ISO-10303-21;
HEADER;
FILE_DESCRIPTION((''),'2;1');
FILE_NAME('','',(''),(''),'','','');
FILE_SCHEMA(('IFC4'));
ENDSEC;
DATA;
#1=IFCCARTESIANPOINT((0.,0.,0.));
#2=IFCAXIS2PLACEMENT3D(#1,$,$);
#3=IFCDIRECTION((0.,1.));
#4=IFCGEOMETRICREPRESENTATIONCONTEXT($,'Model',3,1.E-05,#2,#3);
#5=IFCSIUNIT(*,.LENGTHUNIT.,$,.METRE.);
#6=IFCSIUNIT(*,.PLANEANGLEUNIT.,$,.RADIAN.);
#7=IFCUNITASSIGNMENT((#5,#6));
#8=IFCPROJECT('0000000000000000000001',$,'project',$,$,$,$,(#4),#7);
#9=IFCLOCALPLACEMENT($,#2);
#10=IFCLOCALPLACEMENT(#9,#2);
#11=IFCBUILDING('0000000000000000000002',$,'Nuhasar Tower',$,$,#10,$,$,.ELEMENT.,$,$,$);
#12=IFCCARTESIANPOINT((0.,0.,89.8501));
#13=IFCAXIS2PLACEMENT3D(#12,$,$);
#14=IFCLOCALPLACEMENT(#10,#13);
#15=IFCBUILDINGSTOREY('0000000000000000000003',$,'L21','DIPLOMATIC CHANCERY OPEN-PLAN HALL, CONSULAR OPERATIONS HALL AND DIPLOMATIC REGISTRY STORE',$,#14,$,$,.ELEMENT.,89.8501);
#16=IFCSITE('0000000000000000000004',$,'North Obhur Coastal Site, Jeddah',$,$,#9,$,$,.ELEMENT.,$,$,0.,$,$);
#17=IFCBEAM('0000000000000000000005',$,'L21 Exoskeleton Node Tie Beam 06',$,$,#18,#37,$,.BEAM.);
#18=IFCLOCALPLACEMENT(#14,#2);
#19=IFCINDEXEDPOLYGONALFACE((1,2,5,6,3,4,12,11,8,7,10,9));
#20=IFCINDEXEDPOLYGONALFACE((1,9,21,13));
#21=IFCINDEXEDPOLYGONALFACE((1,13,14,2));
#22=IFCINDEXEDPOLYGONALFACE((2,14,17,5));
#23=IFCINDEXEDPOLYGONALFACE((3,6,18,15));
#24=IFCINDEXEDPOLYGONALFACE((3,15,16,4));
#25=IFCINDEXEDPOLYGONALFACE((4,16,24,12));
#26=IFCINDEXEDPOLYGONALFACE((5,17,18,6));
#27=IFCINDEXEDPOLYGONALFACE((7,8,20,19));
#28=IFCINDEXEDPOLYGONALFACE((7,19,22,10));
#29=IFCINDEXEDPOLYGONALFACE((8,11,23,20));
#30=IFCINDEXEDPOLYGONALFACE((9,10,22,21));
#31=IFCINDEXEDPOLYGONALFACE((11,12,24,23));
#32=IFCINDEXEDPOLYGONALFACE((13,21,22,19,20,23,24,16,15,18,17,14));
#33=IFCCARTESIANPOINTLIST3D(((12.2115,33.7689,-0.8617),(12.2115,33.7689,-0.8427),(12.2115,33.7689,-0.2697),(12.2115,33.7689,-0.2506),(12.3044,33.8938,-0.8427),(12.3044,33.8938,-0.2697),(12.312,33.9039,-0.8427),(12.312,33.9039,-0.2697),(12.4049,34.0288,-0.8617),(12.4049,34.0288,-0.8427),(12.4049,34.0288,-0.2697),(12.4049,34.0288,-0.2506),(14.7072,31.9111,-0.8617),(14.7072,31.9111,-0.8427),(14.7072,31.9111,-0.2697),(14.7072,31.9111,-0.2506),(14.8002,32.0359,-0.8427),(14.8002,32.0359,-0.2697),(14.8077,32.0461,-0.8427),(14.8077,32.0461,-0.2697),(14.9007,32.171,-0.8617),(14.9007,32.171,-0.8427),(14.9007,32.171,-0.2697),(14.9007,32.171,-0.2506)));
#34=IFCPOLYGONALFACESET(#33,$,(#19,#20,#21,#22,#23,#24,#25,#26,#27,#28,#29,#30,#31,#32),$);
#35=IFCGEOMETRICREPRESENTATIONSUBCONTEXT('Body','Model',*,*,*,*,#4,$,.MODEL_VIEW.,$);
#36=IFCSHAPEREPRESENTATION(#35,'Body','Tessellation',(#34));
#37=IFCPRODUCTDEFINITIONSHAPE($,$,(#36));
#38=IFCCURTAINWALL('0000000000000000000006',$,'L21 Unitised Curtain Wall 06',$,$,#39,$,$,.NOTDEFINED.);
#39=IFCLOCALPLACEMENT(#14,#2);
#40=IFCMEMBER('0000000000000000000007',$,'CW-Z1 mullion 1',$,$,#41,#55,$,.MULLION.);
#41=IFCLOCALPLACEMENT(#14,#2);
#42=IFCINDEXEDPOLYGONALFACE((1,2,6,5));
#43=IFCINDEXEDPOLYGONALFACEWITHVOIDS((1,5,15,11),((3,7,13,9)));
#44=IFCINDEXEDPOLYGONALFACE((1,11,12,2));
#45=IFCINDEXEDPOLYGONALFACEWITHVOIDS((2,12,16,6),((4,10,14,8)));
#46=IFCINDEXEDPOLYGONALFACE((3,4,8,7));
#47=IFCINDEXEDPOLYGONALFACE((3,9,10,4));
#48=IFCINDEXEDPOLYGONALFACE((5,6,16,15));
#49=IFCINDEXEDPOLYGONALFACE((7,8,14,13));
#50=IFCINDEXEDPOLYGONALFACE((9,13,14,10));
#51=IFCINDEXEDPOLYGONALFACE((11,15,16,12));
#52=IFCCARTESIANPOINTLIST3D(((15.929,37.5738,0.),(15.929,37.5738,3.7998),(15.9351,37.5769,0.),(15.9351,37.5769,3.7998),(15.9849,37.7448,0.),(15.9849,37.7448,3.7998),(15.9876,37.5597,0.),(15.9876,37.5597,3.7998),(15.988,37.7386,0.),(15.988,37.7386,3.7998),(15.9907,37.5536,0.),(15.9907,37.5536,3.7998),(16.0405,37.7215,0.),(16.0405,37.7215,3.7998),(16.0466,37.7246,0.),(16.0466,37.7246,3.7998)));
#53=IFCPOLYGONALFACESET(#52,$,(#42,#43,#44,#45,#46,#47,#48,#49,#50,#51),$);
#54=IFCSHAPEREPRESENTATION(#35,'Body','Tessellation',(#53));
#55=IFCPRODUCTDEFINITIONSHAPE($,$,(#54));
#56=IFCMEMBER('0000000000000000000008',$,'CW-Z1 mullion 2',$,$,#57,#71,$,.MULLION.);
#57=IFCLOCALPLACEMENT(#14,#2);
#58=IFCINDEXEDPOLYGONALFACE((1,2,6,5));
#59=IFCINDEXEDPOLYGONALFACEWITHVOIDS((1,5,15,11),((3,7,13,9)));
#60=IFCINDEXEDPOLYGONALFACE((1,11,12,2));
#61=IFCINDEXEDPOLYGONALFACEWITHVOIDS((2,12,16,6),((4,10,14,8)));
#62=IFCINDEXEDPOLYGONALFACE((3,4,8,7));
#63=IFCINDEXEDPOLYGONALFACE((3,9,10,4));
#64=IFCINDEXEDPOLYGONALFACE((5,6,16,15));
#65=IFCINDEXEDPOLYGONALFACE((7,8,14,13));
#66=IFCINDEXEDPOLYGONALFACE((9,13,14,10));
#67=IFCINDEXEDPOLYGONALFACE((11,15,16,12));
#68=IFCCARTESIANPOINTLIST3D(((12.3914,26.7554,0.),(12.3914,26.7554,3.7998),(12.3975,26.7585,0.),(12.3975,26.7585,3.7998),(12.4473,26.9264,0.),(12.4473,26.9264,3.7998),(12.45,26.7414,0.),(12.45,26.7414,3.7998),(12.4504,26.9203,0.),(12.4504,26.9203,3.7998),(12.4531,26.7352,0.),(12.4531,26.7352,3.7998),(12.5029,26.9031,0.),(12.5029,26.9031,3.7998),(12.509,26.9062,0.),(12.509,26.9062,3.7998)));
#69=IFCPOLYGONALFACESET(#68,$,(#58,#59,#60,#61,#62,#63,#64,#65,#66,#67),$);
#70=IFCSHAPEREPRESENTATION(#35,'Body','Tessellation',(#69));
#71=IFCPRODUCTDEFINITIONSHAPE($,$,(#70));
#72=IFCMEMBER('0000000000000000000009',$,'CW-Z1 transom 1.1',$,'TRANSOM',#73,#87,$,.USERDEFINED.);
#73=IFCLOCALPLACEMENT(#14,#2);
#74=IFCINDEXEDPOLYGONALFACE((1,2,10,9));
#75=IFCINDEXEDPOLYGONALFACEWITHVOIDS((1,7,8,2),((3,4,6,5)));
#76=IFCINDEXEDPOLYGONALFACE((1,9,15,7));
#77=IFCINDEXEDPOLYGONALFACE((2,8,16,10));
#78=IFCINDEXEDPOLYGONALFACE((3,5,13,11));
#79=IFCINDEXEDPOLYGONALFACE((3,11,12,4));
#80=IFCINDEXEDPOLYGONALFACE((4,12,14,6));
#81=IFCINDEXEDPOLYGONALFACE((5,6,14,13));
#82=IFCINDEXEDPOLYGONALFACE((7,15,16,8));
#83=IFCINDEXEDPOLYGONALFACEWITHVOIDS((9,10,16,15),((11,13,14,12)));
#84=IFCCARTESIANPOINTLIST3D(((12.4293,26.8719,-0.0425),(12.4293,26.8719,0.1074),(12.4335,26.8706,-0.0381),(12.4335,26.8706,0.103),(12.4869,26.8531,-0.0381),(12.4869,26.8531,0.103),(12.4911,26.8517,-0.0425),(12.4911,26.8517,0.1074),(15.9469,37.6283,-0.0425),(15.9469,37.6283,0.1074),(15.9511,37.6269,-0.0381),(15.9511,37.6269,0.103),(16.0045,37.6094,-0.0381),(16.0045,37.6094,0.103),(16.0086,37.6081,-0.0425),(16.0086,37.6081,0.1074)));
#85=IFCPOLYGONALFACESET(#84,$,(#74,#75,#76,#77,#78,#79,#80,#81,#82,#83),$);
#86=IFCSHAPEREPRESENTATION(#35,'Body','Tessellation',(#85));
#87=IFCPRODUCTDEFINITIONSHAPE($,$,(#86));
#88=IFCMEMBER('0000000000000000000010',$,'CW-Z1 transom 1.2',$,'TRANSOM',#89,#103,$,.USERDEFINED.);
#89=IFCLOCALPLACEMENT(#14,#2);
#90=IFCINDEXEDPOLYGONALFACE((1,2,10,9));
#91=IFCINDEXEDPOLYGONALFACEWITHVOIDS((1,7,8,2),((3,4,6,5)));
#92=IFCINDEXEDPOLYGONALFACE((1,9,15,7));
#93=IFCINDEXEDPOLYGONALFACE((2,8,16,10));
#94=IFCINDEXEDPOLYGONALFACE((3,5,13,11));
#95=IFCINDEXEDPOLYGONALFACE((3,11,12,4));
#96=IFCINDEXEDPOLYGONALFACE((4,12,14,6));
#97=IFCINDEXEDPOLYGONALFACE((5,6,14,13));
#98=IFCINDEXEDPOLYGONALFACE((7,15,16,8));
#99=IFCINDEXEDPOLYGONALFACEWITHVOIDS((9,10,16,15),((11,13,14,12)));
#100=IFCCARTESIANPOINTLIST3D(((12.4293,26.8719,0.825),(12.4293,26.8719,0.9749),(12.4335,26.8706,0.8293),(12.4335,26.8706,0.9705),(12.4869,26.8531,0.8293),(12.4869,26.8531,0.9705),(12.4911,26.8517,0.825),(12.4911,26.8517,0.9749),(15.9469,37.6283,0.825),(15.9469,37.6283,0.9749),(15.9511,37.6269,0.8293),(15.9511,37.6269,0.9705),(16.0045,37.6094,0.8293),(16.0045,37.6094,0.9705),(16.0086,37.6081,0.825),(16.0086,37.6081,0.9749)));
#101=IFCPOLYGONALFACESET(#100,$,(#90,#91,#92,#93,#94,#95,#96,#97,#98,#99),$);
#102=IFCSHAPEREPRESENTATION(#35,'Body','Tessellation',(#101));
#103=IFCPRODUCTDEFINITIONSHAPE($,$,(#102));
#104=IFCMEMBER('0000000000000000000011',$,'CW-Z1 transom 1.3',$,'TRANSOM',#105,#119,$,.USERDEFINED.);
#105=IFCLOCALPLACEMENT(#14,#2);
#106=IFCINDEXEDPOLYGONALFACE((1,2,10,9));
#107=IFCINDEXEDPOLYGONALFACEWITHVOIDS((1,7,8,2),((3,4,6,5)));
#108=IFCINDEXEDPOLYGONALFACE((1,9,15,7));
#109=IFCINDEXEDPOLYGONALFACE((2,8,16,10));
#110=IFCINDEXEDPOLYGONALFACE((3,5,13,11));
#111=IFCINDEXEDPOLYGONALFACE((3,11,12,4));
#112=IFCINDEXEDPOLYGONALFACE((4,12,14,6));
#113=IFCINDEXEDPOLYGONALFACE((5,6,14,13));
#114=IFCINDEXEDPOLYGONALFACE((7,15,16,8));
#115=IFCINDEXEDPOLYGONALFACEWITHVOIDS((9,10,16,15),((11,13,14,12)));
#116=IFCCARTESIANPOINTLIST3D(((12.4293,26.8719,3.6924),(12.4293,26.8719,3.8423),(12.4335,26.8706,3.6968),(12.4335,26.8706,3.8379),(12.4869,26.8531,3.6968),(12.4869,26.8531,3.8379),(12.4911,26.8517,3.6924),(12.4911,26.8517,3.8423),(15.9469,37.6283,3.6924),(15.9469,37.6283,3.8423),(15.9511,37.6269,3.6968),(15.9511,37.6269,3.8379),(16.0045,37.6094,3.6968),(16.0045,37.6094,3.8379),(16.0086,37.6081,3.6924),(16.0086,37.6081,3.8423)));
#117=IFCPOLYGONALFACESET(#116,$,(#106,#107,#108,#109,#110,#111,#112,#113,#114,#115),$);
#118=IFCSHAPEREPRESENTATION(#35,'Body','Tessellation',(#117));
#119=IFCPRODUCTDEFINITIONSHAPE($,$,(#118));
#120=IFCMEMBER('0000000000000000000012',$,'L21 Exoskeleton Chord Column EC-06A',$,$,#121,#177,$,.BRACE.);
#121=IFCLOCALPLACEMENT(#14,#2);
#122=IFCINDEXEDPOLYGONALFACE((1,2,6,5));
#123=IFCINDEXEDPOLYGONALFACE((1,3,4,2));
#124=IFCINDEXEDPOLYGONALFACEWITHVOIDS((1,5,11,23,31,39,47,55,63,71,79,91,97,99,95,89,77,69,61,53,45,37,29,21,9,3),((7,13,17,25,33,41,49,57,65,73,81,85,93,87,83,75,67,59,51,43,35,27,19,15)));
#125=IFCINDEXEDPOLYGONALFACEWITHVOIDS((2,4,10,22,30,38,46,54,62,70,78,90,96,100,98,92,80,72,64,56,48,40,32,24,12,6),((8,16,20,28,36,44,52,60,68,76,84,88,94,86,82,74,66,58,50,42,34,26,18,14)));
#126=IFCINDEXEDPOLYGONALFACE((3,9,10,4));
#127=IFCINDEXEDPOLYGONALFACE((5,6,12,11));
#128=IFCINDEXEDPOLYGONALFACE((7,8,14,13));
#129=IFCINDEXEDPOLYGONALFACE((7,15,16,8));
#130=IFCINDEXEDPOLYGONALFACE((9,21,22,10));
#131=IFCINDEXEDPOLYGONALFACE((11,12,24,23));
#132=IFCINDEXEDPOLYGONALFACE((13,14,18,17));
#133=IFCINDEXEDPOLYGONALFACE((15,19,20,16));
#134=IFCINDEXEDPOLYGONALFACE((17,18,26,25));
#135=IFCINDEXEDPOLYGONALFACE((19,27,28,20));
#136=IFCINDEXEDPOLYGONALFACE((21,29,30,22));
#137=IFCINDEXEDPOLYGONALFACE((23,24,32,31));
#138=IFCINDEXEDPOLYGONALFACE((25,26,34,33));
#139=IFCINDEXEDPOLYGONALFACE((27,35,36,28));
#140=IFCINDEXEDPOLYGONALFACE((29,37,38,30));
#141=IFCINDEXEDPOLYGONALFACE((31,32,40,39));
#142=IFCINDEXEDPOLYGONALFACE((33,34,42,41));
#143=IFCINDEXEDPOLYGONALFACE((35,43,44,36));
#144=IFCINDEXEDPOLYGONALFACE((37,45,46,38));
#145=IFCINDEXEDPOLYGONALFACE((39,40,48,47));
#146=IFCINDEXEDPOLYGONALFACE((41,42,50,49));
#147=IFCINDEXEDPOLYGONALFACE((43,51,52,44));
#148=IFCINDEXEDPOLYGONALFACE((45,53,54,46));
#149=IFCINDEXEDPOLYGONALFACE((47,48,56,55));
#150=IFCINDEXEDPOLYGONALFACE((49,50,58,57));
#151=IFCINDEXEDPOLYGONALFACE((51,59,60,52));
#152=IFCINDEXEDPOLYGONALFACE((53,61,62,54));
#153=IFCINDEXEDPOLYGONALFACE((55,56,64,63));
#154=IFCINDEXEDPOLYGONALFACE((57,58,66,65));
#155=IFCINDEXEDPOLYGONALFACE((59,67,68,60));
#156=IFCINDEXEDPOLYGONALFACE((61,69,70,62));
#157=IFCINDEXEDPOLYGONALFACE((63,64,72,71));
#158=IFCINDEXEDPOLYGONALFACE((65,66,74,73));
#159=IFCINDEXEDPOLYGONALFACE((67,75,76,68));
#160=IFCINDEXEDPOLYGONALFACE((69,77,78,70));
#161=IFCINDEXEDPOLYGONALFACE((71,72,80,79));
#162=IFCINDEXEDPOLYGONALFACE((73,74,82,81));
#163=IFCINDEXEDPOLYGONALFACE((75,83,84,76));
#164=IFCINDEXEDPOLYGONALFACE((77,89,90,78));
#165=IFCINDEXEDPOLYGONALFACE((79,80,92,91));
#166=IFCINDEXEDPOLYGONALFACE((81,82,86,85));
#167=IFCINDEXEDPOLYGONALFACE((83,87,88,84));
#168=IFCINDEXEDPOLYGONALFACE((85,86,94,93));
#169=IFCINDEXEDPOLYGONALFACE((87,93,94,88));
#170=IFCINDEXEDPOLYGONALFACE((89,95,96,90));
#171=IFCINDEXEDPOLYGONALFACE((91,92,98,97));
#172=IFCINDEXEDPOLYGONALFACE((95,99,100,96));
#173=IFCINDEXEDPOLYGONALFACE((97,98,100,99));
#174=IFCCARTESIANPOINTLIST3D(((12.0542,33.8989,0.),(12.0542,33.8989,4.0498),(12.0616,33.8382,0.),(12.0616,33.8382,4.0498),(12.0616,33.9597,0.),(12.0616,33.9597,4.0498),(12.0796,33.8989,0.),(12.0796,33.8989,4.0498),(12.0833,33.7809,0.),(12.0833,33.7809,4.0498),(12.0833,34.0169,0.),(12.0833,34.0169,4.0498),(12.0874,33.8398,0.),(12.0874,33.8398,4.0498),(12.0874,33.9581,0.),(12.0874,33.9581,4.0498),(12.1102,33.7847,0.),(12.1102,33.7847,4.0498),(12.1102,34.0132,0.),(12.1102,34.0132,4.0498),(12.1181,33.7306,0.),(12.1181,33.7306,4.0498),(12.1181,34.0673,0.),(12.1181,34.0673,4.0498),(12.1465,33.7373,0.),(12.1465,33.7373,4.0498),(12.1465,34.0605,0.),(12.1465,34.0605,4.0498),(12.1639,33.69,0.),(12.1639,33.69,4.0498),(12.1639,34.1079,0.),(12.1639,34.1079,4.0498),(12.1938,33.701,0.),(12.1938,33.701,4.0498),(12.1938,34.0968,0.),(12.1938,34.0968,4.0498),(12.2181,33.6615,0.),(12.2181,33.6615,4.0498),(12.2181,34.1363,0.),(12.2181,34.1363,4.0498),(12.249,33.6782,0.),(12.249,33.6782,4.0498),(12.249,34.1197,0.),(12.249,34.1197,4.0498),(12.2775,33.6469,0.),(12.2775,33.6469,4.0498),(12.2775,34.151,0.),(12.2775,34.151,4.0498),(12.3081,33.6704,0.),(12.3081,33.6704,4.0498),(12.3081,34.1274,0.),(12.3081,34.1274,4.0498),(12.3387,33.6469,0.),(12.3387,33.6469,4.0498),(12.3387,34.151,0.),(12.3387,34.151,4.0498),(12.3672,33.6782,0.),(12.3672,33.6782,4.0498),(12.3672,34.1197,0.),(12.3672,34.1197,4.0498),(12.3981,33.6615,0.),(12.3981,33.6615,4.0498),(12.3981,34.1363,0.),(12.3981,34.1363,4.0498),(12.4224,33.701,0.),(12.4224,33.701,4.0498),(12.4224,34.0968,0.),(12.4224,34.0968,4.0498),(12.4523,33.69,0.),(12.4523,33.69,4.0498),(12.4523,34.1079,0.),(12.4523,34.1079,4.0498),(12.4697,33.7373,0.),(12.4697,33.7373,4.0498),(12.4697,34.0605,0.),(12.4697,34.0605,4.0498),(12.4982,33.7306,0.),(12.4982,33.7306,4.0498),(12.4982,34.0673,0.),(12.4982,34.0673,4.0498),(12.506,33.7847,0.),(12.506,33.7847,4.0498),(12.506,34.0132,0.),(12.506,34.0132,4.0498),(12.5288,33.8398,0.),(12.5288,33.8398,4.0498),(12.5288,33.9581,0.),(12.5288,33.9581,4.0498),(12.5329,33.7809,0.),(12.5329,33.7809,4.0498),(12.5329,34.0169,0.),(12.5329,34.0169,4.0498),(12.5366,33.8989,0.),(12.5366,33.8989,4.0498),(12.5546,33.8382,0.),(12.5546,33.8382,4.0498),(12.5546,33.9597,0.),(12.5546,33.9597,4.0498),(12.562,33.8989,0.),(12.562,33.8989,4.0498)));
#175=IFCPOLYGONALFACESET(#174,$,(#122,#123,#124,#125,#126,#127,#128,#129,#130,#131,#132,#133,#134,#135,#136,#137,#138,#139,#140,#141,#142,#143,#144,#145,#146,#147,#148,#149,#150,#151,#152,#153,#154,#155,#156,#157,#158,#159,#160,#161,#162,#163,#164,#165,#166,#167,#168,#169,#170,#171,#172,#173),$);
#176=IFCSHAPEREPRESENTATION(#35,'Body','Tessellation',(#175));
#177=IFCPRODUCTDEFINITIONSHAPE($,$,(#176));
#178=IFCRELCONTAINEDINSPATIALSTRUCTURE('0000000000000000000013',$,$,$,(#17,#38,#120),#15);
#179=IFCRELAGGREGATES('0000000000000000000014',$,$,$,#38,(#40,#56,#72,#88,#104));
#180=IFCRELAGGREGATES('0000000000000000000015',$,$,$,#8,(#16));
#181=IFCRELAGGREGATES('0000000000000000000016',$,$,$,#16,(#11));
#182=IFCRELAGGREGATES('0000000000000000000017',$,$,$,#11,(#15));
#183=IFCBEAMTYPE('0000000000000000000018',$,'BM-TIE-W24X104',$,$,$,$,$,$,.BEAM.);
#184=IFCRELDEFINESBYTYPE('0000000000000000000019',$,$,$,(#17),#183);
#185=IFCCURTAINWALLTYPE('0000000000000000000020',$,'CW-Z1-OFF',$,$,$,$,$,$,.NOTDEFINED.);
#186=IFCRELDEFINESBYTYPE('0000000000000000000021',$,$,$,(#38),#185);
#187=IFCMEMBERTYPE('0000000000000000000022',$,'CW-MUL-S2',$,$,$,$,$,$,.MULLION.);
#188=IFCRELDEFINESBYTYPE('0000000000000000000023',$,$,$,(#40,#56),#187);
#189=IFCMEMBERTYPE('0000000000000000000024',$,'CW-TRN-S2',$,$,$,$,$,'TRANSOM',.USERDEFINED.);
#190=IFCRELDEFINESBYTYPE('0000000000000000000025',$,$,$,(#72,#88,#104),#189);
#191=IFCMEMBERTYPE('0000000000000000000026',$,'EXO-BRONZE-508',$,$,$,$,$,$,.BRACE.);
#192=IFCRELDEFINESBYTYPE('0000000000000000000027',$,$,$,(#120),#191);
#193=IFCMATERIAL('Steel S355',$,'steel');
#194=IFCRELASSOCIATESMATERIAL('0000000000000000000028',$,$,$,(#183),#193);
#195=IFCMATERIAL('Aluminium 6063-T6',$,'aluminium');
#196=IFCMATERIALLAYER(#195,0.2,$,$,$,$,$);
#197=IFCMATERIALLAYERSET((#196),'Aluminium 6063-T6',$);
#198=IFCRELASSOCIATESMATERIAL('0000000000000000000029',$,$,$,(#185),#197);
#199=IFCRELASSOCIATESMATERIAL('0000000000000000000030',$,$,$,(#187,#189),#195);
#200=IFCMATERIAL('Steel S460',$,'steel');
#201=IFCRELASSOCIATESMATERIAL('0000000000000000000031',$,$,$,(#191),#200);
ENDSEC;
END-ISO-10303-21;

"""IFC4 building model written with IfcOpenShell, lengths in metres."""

from ifc_helpers import new_model, si_unit, direction, frame, origin, origin_2d, place, context, subcontext, project, spatial, hollow_rectangle, hollow_circle, i_section, extrude, material, layer, layer_set, material_profile, profile_set, type_object, element, aggregate, save


model = new_model("IFC4")

# Units and contexts
model_context = context("Model", 3, precision=1e-05, world=origin(), true_north=direction((0.0, 1.0)))
body_context = subcontext(model_context, "Body", "Model", "MODEL_VIEW")
ifc_project = project(units=[si_unit("LENGTHUNIT", "METRE"), si_unit("PLANEANGLEUNIT", "RADIAN")], contexts=[model_context])

# Site, building, storey
site_placement = place(None, origin())
site = spatial("IfcSite", under=ifc_project, at=site_placement, Name="North Obhur Coastal Site, Jeddah", CompositionType="ELEMENT", RefElevation=0.0)
building_placement = place(site_placement, origin())
building = spatial("IfcBuilding", under=site, at=building_placement, Name="Nuhasar Tower", CompositionType="ELEMENT")
storey_placement = place(building_placement, frame((0.0, 0.0, 89.8501)))
storey = spatial("IfcBuildingStorey", under=building, at=storey_placement, Name="L21", Description="DIPLOMATIC CHANCERY OPEN-PLAN HALL, CONSULAR OPERATIONS HALL AND DIPLOMATIC REGISTRY STORE", CompositionType="ELEMENT", Elevation=89.8501)

# Beam
ifc_material_1 = material(Name="Steel S355", Category="steel")
ifc_material_profile_1 = material_profile(ifc_material_1, i_section(OverallWidth=0.324, OverallDepth=0.6111, WebThickness=0.0127, FlangeThickness=0.019, at=origin_2d()), Name="W24X104")
ifc_profile_set_1 = profile_set([ifc_material_profile_1], Name="Steel S355")
beam_type_1 = type_object("IfcBeamType", Name="BM-TIE-W24X104", PredefinedType="BEAM", material=ifc_profile_set_1)
beam_1_placement = place(storey_placement, frame((14.804, 32.041, -0.5562), z_axis=(-0.802151, 0.597121, 0.0), x_axis=(-0.597121, -0.802151, 0.0)))
element("IfcBeam", 1, at=beam_1_placement, inside=storey, type_object=beam_type_1, Name="L21 Exoskeleton Node Tie Beam 06", PredefinedType="BEAM", context=body_context, shape_type="SweptSolid", body=[
    extrude(i_section(OverallWidth=0.324, OverallDepth=0.6111, WebThickness=0.0127, FlangeThickness=0.019, at=origin_2d()), origin(), (0.0, 0.0, 1.0), 3.1113),
])

# Curtain wall, members
ifc_material_2 = material(Name="Aluminium 6063-T6", Category="aluminium")
ifc_layer_1 = layer(ifc_material_2, 0.2)
ifc_layer_set_1 = layer_set([ifc_layer_1], Name="Aluminium 6063-T6")
curtain_wall_type = type_object("IfcCurtainWallType", Name="CW-Z1-OFF", PredefinedType="NOTDEFINED", material=ifc_layer_set_1)
curtain_wall_placement = place(storey_placement, origin())
curtain_wall = element("IfcCurtainWall", 2, at=curtain_wall_placement, inside=storey, type_object=curtain_wall_type, Name="L21 Unitised Curtain Wall 06", PredefinedType="NOTDEFINED")
ifc_material_profile_2 = material_profile(ifc_material_2, hollow_rectangle(XDim=0.0649, YDim=0.1799, WallThickness=0.0049, at=origin_2d()), Name="CWM-2")
ifc_profile_set_2 = profile_set([ifc_material_profile_2], Name="Aluminium 6063-T6")
member_type_1 = type_object("IfcMemberType", Name="CW-MUL-S2", PredefinedType="MULLION", material=ifc_profile_set_2)
member_1_placement = place(storey_placement, frame((15.9878, 37.6492, 0.0), z_axis=(0.0, 0.0, 1.0), x_axis=(0.950468, -0.310824, 0.0)))
member_1 = element("IfcMember", 3, at=member_1_placement, type_object=member_type_1, Name="CW-Z1 mullion 1", PredefinedType="MULLION", context=body_context, shape_type="SweptSolid", body=[
    extrude(hollow_rectangle(XDim=0.0649, YDim=0.1799, WallThickness=0.0049, at=origin_2d()), origin(), (0.0, 0.0, 1.0), 3.7998),
])
member_2_placement = place(storey_placement, frame((12.4502, 26.8308, 0.0), z_axis=(0.0, 0.0, 1.0), x_axis=(0.950468, -0.310824, 0.0)))
member_2 = element("IfcMember", 4, at=member_2_placement, type_object=member_type_1, Name="CW-Z1 mullion 2", PredefinedType="MULLION", context=body_context, shape_type="SweptSolid", body=[
    extrude(hollow_rectangle(XDim=0.0649, YDim=0.1799, WallThickness=0.0049, at=origin_2d()), origin(), (0.0, 0.0, 1.0), 3.7998),
])
ifc_material_profile_3 = material_profile(ifc_material_2, hollow_rectangle(XDim=0.0649, YDim=0.1499, WallThickness=0.0044, at=origin_2d()), Name="CWT-2")
ifc_profile_set_3 = profile_set([ifc_material_profile_3], Name="Aluminium 6063-T6")
member_type_2 = type_object("IfcMemberType", Name="CW-TRN-S2", ElementType="TRANSOM", PredefinedType="USERDEFINED", material=ifc_profile_set_3)
member_3_placement = place(storey_placement, frame((15.9778, 37.6182, 0.0325), z_axis=(-0.310825, -0.950467, 0.0), x_axis=(0.950467, -0.310825, 0.0)))
member_3 = element("IfcMember", 5, at=member_3_placement, type_object=member_type_2, Name="CW-Z1 transom 1.1", ObjectType="TRANSOM", PredefinedType="USERDEFINED", context=body_context, shape_type="SweptSolid", body=[
    extrude(hollow_rectangle(XDim=0.0649, YDim=0.1499, WallThickness=0.0044, at=origin_2d()), origin(), (0.0, 0.0, 1.0), 11.3169),
])
member_4_placement = place(storey_placement, frame((15.9778, 37.6182, 0.8999), z_axis=(-0.310825, -0.950467, 0.0), x_axis=(0.950467, -0.310825, 0.0)))
member_4 = element("IfcMember", 6, at=member_4_placement, type_object=member_type_2, Name="CW-Z1 transom 1.2", ObjectType="TRANSOM", PredefinedType="USERDEFINED", context=body_context, shape_type="SweptSolid", body=[
    extrude(hollow_rectangle(XDim=0.0649, YDim=0.1499, WallThickness=0.0044, at=origin_2d()), origin(), (0.0, 0.0, 1.0), 11.3169),
])
member_5_placement = place(storey_placement, frame((15.9778, 37.6182, 3.7673), z_axis=(-0.310825, -0.950467, 0.0), x_axis=(0.950467, -0.310825, 0.0)))
member_5 = element("IfcMember", 7, at=member_5_placement, type_object=member_type_2, Name="CW-Z1 transom 1.3", ObjectType="TRANSOM", PredefinedType="USERDEFINED", context=body_context, shape_type="SweptSolid", body=[
    extrude(hollow_rectangle(XDim=0.0649, YDim=0.1499, WallThickness=0.0044, at=origin_2d()), origin(), (0.0, 0.0, 1.0), 11.3169),
])

# Member
ifc_material_3 = material(Name="Steel S460", Category="steel")
ifc_material_profile_4 = material_profile(ifc_material_3, hollow_circle(Radius=0.2539, WallThickness=0.0254, at=origin_2d()), Name="HSS508X25.4")
ifc_profile_set_4 = profile_set([ifc_material_profile_4], Name="Steel S460")
member_type_3 = type_object("IfcMemberType", Name="EXO-BRONZE-508", PredefinedType="BRACE", material=ifc_profile_set_4)
for number, where, z_axis, x_axis, name in (
    (8, (12.3081, 33.8989, 0.0), (0.0, 0.0, 1.0), (1.0, 0.0, 0.0), "L21 Exoskeleton Chord Column EC-06A"),
):
    element("IfcMember", number, at=place(storey_placement, frame(where, z_axis=z_axis, x_axis=x_axis)), inside=storey, type_object=member_type_3, Name=name, PredefinedType="BRACE", context=body_context, shape_type="SweptSolid", body=[
        extrude(hollow_circle(Radius=0.2539, WallThickness=0.0254, at=origin_2d()), origin(), (0.0, 0.0, 1.0), 4.0498),
    ])

aggregate(curtain_wall, [member_1, member_2, member_3, member_4, member_5])

save(model, "model.ifc")
